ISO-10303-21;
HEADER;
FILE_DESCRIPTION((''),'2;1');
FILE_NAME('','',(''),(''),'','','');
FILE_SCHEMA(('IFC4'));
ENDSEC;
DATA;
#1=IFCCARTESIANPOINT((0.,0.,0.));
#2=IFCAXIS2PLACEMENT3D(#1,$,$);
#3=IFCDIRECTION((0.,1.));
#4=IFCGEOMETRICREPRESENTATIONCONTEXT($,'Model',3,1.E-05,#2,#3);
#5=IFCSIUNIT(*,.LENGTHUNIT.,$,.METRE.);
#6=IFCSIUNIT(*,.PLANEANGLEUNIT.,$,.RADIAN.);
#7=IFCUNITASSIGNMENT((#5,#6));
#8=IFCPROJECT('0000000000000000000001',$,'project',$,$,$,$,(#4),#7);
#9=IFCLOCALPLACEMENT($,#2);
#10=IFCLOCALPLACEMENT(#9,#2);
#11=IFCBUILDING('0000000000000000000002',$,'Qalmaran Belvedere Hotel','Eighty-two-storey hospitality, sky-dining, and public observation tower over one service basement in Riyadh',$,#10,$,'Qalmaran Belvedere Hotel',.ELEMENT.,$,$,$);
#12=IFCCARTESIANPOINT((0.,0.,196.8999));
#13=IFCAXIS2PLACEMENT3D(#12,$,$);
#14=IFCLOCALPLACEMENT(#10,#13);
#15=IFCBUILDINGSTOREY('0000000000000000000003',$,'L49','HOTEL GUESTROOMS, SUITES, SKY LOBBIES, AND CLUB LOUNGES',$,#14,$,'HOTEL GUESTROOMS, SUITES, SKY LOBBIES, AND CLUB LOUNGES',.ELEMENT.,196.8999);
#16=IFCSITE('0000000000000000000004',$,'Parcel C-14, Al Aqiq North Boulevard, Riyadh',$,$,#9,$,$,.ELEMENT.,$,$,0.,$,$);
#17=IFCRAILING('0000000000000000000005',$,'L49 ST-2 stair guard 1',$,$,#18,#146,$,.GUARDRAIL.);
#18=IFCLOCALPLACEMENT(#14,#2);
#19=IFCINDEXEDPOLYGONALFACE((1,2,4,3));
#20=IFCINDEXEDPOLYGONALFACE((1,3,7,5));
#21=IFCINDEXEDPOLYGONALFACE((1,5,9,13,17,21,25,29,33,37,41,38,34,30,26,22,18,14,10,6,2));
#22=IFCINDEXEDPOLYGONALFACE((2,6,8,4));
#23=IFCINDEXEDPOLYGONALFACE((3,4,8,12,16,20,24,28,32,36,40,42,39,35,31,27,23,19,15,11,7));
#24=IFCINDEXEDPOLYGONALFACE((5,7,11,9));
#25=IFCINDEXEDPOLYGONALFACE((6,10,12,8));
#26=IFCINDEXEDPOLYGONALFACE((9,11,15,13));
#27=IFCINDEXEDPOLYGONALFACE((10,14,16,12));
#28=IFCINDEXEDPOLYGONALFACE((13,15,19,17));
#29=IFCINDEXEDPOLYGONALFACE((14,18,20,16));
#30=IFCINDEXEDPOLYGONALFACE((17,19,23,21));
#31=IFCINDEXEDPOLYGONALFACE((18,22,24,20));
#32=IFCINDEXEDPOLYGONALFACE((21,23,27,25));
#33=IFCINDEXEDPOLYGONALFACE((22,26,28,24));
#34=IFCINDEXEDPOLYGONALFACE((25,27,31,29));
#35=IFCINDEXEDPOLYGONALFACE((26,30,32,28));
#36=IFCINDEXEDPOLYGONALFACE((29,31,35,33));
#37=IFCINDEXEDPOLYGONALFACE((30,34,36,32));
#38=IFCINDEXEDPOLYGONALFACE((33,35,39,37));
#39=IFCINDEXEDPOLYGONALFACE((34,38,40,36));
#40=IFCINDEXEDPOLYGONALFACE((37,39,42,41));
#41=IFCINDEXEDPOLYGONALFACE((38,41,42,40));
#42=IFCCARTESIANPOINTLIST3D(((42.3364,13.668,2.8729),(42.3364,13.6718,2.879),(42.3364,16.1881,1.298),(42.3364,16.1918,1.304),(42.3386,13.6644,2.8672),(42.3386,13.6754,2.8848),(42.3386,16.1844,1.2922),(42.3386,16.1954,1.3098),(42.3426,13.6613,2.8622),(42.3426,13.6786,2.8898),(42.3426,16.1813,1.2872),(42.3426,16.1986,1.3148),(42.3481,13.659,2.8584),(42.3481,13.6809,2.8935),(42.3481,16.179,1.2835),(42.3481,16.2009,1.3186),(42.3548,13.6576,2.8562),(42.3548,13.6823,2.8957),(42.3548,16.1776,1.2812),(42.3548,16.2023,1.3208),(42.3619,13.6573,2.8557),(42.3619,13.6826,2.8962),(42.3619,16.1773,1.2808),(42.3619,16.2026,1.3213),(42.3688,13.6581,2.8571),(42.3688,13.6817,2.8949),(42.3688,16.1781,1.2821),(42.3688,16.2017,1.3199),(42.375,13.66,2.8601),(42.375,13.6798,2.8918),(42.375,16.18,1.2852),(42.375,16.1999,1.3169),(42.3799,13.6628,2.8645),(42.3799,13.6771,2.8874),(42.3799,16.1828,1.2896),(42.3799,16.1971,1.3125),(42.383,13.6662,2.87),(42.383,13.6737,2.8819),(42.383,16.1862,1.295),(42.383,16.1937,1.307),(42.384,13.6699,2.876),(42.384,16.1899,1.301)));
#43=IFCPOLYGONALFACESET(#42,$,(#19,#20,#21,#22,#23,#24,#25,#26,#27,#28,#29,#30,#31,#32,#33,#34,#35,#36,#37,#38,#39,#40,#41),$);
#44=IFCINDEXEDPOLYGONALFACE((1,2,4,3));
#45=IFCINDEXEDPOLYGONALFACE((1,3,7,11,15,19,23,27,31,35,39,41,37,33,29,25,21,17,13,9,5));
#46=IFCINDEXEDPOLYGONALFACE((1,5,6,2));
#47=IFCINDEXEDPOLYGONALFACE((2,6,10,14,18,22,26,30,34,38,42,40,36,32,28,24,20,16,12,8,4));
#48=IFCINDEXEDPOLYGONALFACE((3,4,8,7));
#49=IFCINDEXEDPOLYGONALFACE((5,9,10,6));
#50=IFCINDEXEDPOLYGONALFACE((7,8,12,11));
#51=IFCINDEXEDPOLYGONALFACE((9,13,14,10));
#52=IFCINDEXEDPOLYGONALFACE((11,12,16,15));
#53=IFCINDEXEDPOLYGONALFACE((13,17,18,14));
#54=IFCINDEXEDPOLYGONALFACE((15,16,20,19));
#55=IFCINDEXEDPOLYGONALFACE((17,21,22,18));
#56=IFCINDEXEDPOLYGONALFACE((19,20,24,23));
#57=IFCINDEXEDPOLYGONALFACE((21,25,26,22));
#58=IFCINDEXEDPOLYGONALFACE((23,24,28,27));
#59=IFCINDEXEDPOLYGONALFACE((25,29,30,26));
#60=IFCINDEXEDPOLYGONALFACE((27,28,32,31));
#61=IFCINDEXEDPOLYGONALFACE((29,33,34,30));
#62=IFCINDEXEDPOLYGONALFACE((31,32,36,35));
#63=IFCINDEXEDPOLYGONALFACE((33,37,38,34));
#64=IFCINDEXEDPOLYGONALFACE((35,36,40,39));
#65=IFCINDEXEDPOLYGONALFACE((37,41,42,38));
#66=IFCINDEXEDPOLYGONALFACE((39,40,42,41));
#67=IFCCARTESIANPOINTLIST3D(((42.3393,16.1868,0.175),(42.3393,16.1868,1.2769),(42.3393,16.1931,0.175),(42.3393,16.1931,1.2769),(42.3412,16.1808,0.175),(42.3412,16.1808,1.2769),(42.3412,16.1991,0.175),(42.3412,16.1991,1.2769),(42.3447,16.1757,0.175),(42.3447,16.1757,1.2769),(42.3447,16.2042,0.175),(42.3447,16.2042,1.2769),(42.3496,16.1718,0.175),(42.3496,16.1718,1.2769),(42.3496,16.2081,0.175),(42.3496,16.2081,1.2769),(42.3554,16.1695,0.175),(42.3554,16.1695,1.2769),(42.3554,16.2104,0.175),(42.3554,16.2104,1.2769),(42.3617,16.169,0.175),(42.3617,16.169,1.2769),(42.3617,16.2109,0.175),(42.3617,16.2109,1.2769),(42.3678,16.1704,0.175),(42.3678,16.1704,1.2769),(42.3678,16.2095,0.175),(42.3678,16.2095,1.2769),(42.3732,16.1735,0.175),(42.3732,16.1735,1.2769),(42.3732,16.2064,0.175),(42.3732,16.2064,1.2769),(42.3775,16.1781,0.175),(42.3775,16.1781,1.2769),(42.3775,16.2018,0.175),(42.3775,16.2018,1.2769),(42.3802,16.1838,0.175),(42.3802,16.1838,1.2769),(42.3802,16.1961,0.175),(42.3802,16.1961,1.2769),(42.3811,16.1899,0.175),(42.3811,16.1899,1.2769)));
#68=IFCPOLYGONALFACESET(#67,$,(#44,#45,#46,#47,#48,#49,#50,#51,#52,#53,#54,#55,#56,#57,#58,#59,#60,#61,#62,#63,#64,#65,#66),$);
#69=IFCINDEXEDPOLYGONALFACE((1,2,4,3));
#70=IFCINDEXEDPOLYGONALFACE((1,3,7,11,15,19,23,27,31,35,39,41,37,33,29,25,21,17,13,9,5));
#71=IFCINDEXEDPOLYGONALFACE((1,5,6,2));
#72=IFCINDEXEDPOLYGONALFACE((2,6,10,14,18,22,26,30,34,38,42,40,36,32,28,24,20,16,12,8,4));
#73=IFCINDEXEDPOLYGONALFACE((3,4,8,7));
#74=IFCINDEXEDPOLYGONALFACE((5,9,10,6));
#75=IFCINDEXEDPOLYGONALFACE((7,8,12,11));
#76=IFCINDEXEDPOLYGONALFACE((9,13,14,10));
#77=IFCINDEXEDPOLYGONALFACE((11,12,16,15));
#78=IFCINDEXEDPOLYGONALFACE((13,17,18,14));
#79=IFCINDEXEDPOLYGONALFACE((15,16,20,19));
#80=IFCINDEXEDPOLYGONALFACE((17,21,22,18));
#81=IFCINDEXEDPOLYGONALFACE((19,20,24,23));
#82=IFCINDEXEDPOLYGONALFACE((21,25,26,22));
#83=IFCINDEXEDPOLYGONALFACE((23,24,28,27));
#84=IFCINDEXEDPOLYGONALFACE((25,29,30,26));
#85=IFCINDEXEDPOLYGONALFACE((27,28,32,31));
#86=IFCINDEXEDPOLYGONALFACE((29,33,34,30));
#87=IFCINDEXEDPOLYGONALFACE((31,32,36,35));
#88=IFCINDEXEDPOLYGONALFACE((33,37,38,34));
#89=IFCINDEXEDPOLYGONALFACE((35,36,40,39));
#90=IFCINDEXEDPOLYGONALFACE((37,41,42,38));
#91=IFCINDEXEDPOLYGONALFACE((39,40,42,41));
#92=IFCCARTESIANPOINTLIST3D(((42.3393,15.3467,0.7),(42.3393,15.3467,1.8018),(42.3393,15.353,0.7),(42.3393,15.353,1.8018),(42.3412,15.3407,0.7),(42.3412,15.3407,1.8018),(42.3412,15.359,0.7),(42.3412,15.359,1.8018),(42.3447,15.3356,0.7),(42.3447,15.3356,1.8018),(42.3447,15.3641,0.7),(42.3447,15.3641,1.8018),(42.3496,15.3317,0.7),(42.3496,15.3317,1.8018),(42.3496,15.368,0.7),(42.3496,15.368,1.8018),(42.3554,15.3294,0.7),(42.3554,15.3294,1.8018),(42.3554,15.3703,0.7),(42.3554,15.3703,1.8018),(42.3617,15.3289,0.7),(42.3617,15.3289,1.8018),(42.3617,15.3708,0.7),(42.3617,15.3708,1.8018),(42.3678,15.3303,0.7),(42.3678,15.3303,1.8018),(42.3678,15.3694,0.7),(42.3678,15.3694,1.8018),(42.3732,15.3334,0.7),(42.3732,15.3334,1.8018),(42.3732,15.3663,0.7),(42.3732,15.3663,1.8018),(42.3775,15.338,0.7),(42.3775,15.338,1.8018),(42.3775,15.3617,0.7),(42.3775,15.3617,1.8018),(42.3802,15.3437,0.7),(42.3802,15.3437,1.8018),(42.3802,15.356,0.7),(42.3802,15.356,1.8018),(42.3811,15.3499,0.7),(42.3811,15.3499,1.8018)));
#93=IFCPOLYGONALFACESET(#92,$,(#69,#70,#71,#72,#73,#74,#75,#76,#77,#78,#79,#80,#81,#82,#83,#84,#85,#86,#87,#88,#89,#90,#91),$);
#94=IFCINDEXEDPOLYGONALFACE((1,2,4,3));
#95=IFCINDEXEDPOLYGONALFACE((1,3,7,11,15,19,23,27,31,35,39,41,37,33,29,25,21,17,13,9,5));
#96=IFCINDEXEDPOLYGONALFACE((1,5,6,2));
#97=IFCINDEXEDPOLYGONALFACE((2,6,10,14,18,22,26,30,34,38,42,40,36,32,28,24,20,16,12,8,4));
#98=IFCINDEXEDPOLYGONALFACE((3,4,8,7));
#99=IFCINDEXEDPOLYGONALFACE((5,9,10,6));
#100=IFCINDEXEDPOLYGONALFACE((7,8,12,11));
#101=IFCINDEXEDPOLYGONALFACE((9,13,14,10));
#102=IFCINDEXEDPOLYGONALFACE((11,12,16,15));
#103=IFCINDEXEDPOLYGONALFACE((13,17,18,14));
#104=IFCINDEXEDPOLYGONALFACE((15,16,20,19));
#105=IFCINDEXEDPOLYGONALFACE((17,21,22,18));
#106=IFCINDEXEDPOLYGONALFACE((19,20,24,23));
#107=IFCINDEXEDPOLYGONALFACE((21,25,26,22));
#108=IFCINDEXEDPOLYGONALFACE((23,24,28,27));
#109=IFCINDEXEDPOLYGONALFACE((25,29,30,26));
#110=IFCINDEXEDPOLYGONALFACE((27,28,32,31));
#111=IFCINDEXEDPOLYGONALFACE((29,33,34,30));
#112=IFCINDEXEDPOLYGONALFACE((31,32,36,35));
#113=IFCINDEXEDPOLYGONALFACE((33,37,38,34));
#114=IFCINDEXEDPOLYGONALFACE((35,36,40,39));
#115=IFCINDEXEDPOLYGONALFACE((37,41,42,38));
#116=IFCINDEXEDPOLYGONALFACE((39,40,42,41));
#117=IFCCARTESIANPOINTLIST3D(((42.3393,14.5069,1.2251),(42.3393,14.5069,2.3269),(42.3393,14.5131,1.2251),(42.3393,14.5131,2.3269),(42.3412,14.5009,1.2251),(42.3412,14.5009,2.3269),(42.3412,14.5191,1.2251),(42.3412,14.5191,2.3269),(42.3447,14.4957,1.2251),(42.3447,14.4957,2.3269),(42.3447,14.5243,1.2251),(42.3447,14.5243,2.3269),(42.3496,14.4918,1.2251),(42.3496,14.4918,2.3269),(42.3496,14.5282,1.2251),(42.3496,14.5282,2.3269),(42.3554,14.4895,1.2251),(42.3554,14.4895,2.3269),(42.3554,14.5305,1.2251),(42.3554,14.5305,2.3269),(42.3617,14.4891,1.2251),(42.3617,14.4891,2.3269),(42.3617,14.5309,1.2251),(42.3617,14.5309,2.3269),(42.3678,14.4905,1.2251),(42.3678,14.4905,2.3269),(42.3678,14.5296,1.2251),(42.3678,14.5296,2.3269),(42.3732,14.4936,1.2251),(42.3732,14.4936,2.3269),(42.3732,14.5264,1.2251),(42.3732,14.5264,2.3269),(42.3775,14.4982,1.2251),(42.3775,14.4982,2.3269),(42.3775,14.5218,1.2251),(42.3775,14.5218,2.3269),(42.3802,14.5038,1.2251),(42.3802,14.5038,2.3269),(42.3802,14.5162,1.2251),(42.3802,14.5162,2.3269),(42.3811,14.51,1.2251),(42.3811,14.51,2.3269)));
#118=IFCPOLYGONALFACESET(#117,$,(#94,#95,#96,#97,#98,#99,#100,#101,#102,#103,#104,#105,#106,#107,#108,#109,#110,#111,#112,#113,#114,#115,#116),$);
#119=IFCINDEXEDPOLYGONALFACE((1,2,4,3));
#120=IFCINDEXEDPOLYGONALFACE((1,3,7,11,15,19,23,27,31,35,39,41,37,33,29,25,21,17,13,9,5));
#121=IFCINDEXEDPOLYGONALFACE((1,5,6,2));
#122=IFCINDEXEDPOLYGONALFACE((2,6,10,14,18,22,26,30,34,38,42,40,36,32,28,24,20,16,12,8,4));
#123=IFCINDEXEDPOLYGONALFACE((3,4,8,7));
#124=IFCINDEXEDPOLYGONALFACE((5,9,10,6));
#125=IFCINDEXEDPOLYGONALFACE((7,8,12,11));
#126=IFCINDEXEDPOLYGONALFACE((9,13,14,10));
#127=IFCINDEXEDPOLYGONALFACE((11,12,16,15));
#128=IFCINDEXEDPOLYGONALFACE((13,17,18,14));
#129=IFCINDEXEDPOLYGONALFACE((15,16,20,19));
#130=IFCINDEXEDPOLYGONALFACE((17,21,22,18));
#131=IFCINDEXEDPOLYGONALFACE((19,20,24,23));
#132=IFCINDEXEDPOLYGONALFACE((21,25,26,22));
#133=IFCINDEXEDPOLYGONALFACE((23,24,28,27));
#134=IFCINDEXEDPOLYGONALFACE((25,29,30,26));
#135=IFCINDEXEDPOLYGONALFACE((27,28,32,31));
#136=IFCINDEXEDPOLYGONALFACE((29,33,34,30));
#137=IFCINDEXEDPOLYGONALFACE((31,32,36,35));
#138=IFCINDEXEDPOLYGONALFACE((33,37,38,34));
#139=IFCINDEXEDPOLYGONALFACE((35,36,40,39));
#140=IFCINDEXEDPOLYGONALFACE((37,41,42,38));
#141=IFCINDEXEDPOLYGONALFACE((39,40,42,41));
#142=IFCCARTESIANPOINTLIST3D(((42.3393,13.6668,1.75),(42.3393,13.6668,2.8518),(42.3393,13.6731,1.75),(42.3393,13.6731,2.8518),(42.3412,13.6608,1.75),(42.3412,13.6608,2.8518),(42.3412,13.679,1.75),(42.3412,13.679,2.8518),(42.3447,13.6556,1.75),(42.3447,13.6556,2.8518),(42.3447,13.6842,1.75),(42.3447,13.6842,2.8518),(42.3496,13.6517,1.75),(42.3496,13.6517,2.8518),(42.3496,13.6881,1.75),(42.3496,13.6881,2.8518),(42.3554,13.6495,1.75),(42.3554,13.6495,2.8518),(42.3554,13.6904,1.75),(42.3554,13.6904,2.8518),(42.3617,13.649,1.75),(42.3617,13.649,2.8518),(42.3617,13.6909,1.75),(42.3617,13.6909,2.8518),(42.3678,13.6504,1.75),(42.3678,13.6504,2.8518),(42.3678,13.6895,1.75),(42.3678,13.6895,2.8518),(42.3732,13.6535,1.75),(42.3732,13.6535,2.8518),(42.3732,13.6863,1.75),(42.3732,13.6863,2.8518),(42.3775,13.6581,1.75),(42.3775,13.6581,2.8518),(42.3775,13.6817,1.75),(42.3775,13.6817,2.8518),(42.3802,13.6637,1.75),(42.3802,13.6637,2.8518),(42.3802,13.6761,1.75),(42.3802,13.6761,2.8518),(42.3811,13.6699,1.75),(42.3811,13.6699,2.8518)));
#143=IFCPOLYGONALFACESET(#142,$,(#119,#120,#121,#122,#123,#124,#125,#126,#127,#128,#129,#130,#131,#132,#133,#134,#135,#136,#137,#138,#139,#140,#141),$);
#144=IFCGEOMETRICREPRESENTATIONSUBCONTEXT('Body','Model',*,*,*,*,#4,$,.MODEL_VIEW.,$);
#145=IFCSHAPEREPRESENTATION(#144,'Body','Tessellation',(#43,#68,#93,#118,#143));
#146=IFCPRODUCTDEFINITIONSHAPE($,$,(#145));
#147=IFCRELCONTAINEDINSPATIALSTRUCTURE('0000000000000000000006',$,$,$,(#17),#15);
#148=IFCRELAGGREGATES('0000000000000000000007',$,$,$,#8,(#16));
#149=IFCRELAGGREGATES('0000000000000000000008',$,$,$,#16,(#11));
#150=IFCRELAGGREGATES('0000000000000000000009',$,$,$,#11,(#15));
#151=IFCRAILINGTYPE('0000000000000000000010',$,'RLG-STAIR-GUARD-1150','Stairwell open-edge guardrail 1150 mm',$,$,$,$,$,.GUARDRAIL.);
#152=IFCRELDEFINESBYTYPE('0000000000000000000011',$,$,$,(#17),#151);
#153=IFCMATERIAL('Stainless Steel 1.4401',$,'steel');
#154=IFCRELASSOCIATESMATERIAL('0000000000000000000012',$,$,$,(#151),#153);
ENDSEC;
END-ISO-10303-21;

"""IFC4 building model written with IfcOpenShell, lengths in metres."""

from ifc_helpers import new_model, si_unit, direction, frame, origin, origin_2d, place, context, subcontext, project, spatial, circle, extrude, material, type_object, element, save


model = new_model("IFC4")

# Units and contexts
model_context = context("Model", 3, precision=1e-05, world=origin(), true_north=direction((0.0, 1.0)))
body_context = subcontext(model_context, "Body", "Model", "MODEL_VIEW")
ifc_project = project(units=[si_unit("LENGTHUNIT", "METRE"), si_unit("PLANEANGLEUNIT", "RADIAN")], contexts=[model_context])

# Site, building, storey
site_placement = place(None, origin())
site = spatial("IfcSite", under=ifc_project, at=site_placement, Name="Parcel C-14, Al Aqiq North Boulevard, Riyadh", CompositionType="ELEMENT", RefElevation=0.0)
building_placement = place(site_placement, origin())
building = spatial("IfcBuilding", under=site, at=building_placement, Name="Qalmaran Belvedere Hotel", Description="Eighty-two-storey hospitality, sky-dining, and public observation tower over one service basement in Riyadh", LongName="Qalmaran Belvedere Hotel", CompositionType="ELEMENT")
storey_placement = place(building_placement, frame((0.0, 0.0, 196.8999)))
storey = spatial("IfcBuildingStorey", under=building, at=storey_placement, Name="L49", Description="HOTEL GUESTROOMS, SUITES, SKY LOBBIES, AND CLUB LOUNGES", LongName="HOTEL GUESTROOMS, SUITES, SKY LOBBIES, AND CLUB LOUNGES", CompositionType="ELEMENT", Elevation=196.8999)

# Railing
ifc_material_1 = material(Name="Stainless Steel 1.4401", Category="steel")
railing_type_1 = type_object("IfcRailingType", Name="RLG-STAIR-GUARD-1150", Description="Stairwell open-edge guardrail 1150 mm", PredefinedType="GUARDRAIL", material=ifc_material_1)
railing_1_placement = place(storey_placement, frame((42.3601, 16.1899, 0.175)))
element("IfcRailing", 1, at=railing_1_placement, inside=storey, type_object=railing_type_1, Name="L49 ST-2 stair guard 1", PredefinedType="GUARDRAIL", context=body_context, shape_type="SweptSolid", body=[
    extrude(circle(Radius=0.0239, at=origin_2d()), frame((0.0, 0.0, 1.126), z_axis=(0.0, -0.848008, 0.529984), x_axis=(1.0, 0.0, 0.0)), (0.0, 0.0, 1.0), 2.9717),
    extrude(circle(Radius=0.021, at=origin_2d()), origin(), (0.0, 0.0, 1.0), 1.1018),
    extrude(circle(Radius=0.021, at=origin_2d()), frame((0.0, -0.8401, 0.5249)), (0.0, 0.0, 1.0), 1.1018),
    extrude(circle(Radius=0.021, at=origin_2d()), frame((0.0, -1.6799, 1.05)), (0.0, 0.0, 1.0), 1.1018),
    extrude(circle(Radius=0.021, at=origin_2d()), frame((0.0, -2.52, 1.575)), (0.0, 0.0, 1.0), 1.1018),
])

save(model, "model.ifc")
